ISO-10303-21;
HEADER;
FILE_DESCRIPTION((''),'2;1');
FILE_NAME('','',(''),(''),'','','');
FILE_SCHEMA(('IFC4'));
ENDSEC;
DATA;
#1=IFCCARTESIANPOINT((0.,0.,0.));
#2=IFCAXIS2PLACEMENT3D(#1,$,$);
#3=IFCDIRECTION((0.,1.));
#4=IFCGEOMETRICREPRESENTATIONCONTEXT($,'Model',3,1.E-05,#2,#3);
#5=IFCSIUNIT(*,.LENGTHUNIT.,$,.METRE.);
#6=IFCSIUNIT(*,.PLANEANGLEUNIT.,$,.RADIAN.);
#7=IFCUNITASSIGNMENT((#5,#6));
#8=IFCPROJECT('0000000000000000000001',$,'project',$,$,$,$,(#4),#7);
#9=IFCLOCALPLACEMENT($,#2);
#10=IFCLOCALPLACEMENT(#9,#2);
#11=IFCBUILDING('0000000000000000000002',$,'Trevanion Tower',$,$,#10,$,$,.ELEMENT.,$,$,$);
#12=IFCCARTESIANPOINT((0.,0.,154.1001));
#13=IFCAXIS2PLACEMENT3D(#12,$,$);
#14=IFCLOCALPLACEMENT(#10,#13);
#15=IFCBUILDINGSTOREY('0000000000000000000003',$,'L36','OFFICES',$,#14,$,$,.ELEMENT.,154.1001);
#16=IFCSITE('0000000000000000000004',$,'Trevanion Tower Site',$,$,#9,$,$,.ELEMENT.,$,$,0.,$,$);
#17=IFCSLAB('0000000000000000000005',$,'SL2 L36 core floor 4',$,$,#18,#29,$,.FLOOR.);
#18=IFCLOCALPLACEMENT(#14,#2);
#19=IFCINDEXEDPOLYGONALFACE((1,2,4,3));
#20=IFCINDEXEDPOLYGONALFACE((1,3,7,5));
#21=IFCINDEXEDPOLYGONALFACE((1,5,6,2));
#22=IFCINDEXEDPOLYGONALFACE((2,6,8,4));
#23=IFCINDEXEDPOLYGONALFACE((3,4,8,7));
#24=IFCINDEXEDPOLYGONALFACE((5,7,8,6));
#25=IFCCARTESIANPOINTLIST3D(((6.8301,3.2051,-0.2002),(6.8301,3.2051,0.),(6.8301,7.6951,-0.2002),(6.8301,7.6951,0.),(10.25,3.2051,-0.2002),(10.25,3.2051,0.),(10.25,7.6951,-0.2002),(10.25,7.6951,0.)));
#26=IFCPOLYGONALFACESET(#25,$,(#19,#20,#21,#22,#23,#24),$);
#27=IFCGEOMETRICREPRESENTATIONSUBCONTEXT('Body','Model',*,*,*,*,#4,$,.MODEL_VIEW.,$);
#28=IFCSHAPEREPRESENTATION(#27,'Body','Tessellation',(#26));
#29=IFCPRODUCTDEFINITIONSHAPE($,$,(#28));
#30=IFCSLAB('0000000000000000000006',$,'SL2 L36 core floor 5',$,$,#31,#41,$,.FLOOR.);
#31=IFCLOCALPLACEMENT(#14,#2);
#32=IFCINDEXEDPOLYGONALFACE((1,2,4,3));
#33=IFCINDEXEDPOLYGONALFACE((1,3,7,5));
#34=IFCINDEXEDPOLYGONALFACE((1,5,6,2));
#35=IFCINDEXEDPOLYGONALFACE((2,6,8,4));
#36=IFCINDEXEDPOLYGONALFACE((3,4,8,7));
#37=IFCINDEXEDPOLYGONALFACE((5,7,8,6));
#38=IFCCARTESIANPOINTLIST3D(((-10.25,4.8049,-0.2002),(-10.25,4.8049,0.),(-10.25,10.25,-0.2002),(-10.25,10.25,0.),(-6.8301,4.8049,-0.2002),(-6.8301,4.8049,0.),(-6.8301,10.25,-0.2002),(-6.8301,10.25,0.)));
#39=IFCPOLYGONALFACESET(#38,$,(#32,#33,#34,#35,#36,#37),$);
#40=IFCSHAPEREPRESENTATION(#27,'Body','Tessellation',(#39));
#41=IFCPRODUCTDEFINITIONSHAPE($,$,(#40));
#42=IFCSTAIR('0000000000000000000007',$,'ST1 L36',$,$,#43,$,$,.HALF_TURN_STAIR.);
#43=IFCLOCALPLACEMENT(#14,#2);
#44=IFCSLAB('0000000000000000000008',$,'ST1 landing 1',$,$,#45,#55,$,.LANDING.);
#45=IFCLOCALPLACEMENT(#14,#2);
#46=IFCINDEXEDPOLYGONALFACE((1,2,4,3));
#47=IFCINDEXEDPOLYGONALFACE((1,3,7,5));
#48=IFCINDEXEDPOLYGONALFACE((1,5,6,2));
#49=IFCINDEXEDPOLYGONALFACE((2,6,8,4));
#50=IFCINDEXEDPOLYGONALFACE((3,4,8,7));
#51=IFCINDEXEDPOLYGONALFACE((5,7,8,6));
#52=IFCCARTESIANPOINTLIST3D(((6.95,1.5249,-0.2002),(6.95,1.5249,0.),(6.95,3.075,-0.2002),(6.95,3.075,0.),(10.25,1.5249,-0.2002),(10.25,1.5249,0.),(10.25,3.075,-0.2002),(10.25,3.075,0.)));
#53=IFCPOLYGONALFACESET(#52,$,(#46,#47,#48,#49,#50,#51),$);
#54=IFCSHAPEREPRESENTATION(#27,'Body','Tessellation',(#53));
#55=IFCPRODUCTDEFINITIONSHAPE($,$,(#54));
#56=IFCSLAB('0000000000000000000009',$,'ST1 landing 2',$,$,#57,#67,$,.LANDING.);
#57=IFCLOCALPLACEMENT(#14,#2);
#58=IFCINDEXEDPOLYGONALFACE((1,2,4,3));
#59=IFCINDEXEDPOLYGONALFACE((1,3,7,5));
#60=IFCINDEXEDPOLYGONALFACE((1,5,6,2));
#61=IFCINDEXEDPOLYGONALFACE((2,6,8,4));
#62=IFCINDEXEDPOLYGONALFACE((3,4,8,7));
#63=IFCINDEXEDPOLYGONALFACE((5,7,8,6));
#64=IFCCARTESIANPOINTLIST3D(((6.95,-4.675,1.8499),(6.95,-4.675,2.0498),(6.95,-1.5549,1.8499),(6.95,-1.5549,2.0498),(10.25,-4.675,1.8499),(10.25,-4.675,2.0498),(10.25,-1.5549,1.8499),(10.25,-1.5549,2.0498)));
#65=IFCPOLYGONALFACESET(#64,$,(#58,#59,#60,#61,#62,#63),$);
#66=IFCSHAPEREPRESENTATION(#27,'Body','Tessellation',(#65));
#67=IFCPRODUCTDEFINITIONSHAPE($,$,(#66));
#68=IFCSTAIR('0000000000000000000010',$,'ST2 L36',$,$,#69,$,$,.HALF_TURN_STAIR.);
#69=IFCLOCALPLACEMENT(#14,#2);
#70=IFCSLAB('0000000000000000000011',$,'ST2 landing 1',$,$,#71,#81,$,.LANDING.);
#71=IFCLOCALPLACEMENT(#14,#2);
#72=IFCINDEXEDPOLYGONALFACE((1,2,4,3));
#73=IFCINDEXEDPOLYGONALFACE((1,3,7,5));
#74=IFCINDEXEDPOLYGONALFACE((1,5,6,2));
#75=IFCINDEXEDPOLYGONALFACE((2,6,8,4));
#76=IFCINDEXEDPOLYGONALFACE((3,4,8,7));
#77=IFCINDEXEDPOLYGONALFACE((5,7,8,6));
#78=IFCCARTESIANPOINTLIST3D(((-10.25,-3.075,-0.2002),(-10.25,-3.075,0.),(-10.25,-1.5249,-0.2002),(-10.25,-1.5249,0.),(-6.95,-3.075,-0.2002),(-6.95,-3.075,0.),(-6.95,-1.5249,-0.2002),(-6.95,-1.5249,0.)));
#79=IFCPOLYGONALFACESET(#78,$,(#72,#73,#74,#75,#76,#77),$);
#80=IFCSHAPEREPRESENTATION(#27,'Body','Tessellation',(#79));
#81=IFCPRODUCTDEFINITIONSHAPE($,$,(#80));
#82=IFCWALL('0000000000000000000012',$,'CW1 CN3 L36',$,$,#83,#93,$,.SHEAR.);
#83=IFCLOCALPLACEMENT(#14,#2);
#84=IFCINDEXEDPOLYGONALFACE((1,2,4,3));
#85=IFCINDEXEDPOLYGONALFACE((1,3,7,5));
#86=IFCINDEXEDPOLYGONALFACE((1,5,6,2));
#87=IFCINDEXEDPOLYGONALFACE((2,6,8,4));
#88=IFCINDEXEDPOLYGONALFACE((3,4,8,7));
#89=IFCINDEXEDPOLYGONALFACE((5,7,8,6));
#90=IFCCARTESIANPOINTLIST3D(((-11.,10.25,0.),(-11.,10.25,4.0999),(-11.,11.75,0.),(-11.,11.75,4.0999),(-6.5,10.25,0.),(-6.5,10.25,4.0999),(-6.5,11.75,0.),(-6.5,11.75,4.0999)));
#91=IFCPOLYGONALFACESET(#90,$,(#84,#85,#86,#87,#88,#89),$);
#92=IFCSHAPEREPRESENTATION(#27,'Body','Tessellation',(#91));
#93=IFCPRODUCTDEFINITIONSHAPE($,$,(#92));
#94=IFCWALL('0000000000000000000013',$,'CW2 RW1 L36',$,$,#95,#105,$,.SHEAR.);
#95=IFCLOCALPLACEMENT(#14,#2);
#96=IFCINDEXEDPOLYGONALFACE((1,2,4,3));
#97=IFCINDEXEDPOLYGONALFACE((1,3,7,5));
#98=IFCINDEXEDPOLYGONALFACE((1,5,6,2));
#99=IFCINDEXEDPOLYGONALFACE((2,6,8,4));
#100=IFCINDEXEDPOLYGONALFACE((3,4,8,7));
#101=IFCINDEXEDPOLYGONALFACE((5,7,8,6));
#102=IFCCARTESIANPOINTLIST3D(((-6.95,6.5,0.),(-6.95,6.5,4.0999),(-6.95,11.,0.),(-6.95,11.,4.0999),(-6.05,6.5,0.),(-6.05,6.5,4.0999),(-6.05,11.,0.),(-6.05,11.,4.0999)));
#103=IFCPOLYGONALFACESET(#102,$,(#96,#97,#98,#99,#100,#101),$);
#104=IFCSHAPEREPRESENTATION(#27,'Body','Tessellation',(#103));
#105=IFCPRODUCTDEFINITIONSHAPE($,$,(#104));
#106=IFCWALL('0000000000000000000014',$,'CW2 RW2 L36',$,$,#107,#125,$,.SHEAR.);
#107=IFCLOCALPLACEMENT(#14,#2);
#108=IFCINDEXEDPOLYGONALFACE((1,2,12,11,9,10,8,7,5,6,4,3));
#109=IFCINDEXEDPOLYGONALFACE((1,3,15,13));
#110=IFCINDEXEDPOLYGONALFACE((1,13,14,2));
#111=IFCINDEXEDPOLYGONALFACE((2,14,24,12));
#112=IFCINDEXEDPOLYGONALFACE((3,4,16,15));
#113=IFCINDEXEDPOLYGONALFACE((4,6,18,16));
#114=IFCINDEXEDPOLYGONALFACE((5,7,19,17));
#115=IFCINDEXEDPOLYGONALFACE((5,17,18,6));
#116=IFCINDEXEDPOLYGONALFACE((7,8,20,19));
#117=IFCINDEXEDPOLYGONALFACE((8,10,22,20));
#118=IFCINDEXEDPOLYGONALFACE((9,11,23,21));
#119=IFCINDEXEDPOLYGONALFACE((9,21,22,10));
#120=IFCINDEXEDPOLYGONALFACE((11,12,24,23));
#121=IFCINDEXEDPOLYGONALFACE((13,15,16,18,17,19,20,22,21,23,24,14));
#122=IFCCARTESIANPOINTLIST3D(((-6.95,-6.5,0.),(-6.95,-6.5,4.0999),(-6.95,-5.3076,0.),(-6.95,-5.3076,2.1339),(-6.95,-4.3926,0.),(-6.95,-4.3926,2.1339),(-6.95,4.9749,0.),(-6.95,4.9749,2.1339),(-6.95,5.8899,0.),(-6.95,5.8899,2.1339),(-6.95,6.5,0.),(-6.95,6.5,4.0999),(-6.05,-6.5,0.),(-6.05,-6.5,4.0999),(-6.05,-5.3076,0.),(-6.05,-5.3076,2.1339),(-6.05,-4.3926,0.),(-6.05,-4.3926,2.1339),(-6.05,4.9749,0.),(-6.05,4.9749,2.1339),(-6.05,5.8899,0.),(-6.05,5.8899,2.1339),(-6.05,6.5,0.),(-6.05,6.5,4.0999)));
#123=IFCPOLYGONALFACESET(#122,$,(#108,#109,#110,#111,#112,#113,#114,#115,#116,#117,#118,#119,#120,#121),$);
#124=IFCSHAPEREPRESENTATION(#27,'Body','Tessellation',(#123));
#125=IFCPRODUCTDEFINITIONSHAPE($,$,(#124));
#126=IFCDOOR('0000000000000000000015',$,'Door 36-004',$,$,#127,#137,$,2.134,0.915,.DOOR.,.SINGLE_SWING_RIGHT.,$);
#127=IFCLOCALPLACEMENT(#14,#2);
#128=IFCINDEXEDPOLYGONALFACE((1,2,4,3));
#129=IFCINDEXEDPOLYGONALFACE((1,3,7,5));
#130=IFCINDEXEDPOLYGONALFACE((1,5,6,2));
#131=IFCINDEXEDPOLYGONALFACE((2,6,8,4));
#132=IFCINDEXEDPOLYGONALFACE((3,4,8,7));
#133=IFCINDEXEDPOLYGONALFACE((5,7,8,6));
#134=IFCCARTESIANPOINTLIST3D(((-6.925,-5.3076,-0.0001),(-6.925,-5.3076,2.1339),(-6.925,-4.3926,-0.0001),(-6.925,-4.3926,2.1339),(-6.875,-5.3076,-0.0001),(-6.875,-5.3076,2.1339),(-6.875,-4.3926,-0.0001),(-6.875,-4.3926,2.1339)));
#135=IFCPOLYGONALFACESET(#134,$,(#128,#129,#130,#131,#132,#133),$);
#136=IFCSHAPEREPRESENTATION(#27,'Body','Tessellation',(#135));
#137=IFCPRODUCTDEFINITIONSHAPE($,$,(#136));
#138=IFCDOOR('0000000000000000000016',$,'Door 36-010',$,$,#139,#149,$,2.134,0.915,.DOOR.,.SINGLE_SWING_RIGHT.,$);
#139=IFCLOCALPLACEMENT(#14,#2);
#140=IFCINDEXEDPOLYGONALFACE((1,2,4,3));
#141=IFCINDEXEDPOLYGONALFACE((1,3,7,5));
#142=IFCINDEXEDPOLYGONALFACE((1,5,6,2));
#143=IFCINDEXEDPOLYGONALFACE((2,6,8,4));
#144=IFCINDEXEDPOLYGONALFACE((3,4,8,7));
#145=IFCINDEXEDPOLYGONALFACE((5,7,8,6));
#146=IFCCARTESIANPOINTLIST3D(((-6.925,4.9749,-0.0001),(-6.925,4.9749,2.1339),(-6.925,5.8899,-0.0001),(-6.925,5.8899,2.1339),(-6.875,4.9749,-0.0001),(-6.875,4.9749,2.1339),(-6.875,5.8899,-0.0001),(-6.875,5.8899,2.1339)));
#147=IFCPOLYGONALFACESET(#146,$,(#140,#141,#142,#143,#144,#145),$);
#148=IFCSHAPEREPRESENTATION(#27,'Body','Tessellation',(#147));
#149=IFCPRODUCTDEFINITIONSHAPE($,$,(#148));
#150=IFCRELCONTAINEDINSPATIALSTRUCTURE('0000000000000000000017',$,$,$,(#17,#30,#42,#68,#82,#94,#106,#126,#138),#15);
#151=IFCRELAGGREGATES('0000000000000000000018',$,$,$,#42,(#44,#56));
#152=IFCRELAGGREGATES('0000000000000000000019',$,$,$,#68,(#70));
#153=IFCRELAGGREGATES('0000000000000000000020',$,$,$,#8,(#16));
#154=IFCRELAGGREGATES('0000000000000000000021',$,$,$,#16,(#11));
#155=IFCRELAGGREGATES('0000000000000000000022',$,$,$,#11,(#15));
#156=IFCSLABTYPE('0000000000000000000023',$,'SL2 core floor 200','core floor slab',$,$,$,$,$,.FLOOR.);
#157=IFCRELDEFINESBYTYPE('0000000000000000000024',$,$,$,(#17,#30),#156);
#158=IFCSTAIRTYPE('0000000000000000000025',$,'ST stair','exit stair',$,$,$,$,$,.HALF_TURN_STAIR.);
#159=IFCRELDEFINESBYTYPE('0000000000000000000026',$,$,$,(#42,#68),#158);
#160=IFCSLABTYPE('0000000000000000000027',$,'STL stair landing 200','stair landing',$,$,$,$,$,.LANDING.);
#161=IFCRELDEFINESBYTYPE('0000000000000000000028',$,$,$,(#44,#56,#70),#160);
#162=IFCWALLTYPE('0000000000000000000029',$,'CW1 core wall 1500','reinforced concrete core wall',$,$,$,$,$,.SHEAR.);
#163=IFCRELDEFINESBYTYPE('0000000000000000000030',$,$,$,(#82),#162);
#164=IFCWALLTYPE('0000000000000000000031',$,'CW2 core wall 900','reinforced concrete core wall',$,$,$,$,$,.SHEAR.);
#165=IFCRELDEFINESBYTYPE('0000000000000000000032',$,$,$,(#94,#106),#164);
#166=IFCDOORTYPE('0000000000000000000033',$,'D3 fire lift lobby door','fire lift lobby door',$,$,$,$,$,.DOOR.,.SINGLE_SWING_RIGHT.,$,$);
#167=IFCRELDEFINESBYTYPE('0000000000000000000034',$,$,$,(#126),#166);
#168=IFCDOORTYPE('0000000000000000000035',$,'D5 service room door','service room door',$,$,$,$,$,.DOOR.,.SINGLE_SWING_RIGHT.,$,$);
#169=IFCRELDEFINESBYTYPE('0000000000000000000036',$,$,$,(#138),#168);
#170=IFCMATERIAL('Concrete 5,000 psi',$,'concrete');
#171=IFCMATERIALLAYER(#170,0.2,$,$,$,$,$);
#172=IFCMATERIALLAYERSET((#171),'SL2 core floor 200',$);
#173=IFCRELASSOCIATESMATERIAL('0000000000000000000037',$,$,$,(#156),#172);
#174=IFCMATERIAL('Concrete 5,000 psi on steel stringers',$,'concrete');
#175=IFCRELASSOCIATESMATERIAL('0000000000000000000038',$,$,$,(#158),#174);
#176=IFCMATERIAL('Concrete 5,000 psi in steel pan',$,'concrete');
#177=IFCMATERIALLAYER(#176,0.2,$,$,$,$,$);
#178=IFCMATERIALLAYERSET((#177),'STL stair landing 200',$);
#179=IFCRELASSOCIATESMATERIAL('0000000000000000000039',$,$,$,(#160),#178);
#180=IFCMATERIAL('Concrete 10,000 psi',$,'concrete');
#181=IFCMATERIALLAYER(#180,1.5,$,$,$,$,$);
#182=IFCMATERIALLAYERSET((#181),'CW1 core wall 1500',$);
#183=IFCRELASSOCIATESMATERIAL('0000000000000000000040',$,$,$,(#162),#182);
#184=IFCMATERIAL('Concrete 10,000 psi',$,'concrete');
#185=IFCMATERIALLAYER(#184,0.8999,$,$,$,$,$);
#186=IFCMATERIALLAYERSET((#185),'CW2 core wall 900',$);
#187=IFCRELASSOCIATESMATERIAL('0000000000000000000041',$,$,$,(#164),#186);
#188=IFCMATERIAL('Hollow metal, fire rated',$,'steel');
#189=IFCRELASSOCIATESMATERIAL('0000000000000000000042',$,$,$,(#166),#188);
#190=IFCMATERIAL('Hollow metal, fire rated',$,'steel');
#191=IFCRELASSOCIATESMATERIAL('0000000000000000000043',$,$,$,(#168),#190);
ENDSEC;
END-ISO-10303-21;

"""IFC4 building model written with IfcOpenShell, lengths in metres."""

from ifc_helpers import new_model, si_unit, direction, frame, frame_2d, origin, place, context, subcontext, project, spatial, polyline, rectangle, outline, extrude, material, layer, layer_set, type_object, element, fill, aggregate, save


model = new_model("IFC4")

# Units and contexts
model_context = context("Model", 3, precision=1e-05, world=origin(), true_north=direction((0.0, 1.0)))
body_context = subcontext(model_context, "Body", "Model", "MODEL_VIEW")
ifc_project = project(units=[si_unit("LENGTHUNIT", "METRE"), si_unit("PLANEANGLEUNIT", "RADIAN")], contexts=[model_context])

# Site, building, storey
site_placement = place(None, origin())
site = spatial("IfcSite", under=ifc_project, at=site_placement, Name="Trevanion Tower Site", CompositionType="ELEMENT", RefElevation=0.0)
building_placement = place(site_placement, origin())
building = spatial("IfcBuilding", under=site, at=building_placement, Name="Trevanion Tower", CompositionType="ELEMENT")
storey_placement = place(building_placement, frame((0.0, 0.0, 154.1001)))
storey = spatial("IfcBuildingStorey", under=building, at=storey_placement, Name="L36", Description="OFFICES", CompositionType="ELEMENT", Elevation=154.1001)

# Slabs
ifc_material_1 = material(Name="Concrete 5,000 psi", Category="concrete")
ifc_layer_1 = layer(ifc_material_1, 0.2)
ifc_layer_set_1 = layer_set([ifc_layer_1], Name="SL2 core floor 200")
slab_type_1 = type_object("IfcSlabType", Name="SL2 core floor 200", Description="core floor slab", PredefinedType="FLOOR", material=ifc_layer_set_1)
slab_1_placement = place(storey_placement, frame((0.0, 0.0, -0.2002)))
element("IfcSlab", 1, at=slab_1_placement, inside=storey, type_object=slab_type_1, Name="SL2 L36 core floor 4", PredefinedType="FLOOR", context=body_context, shape_type="SweptSolid", body=[
    extrude(outline(polyline([(6.8301, 3.2051), (6.8301, 7.6951), (10.25, 7.6951), (10.25, 3.2051), (6.8301, 3.2051)])), origin(), (0.0, 0.0, 1.0), 0.2002),
])
slab_2_placement = place(storey_placement, frame((0.0, 0.0, -0.2002)))
element("IfcSlab", 2, at=slab_2_placement, inside=storey, type_object=slab_type_1, Name="SL2 L36 core floor 5", PredefinedType="FLOOR", context=body_context, shape_type="SweptSolid", body=[
    extrude(outline(polyline([(-6.8301, 4.8049), (-10.25, 4.8049), (-10.25, 10.25), (-6.8301, 10.25), (-6.8301, 4.8049)])), origin(), (0.0, 0.0, 1.0), 0.2002),
])

# Stair, slabs
ifc_material_2 = material(Name="Concrete 5,000 psi on steel stringers", Category="concrete")
stair_type = type_object("IfcStairType", Name="ST stair", Description="exit stair", PredefinedType="HALF_TURN_STAIR", material=ifc_material_2)
stair_1_placement = place(storey_placement, origin())
stair_1 = element("IfcStair", 3, at=stair_1_placement, inside=storey, type_object=stair_type, Name="ST1 L36", PredefinedType="HALF_TURN_STAIR")
ifc_material_3 = material(Name="Concrete 5,000 psi in steel pan", Category="concrete")
ifc_layer_2 = layer(ifc_material_3, 0.2)
ifc_layer_set_2 = layer_set([ifc_layer_2], Name="STL stair landing 200")
slab_type_2 = type_object("IfcSlabType", Name="STL stair landing 200", Description="stair landing", PredefinedType="LANDING", material=ifc_layer_set_2)
slab_3_placement = place(storey_placement, frame((0.0, 0.0, -0.2002)))
slab_3 = element("IfcSlab", 4, at=slab_3_placement, type_object=slab_type_2, Name="ST1 landing 1", PredefinedType="LANDING", context=body_context, shape_type="SweptSolid", body=[
    extrude(outline(polyline([(6.95, 1.5249), (10.25, 1.5249), (10.25, 3.075), (6.95, 3.075), (6.95, 1.5249)])), origin(), (0.0, 0.0, 1.0), 0.2002),
])
slab_4_placement = place(storey_placement, frame((0.0, 0.0, 1.8499)))
slab_4 = element("IfcSlab", 5, at=slab_4_placement, type_object=slab_type_2, Name="ST1 landing 2", PredefinedType="LANDING", context=body_context, shape_type="SweptSolid", body=[
    extrude(outline(polyline([(6.95, -4.675), (10.25, -4.675), (10.25, -1.5549), (6.95, -1.5549), (6.95, -4.675)])), origin(), (0.0, 0.0, 1.0), 0.2),
])
aggregate(stair_1, [slab_3, slab_4])

# Stair, slab
stair_2_placement = place(storey_placement, origin())
stair_2 = element("IfcStair", 6, at=stair_2_placement, inside=storey, type_object=stair_type, Name="ST2 L36", PredefinedType="HALF_TURN_STAIR")
slab_5_placement = place(storey_placement, frame((0.0, 0.0, -0.2002)))
slab_5 = element("IfcSlab", 7, at=slab_5_placement, type_object=slab_type_2, Name="ST2 landing 1", PredefinedType="LANDING", context=body_context, shape_type="SweptSolid", body=[
    extrude(outline(polyline([(-6.95, -1.5249), (-10.25, -1.5249), (-10.25, -3.075), (-6.95, -3.075), (-6.95, -1.5249)])), origin(), (0.0, 0.0, 1.0), 0.2002),
])

# Walls
ifc_material_4 = material(Name="Concrete 10,000 psi", Category="concrete")
ifc_layer_3 = layer(ifc_material_4, 1.5)
ifc_layer_set_3 = layer_set([ifc_layer_3], Name="CW1 core wall 1500")
wall_type_1 = type_object("IfcWallType", Name="CW1 core wall 1500", Description="reinforced concrete core wall", PredefinedType="SHEAR", material=ifc_layer_set_3)
wall_1_placement = place(storey_placement, frame((-6.5, 11.0, 0.0), z_axis=(0.0, 0.0, 1.0), x_axis=(-1.0, 0.0, 0.0)))
element("IfcWall", 8, at=wall_1_placement, inside=storey, type_object=wall_type_1, Name="CW1 CN3 L36", PredefinedType="SHEAR", context=body_context, shape_type="SweptSolid", body=[
    extrude(rectangle(XDim=4.5, YDim=1.5, at=frame_2d((2.25, 0.0))), origin(), (0.0, 0.0, 1.0), 4.0999),
])
ifc_material_5 = material(Name="Concrete 10,000 psi", Category="concrete")
ifc_layer_4 = layer(ifc_material_5, 0.8999)
ifc_layer_set_4 = layer_set([ifc_layer_4], Name="CW2 core wall 900")
wall_type_2 = type_object("IfcWallType", Name="CW2 core wall 900", Description="reinforced concrete core wall", PredefinedType="SHEAR", material=ifc_layer_set_4)
wall_2_placement = place(storey_placement, frame((-6.5, 11.0, 0.0), z_axis=(0.0, 0.0, 1.0), x_axis=(0.0, -1.0, 0.0)))
element("IfcWall", 9, at=wall_2_placement, inside=storey, type_object=wall_type_2, Name="CW2 RW1 L36", PredefinedType="SHEAR", context=body_context, shape_type="SweptSolid", body=[
    extrude(rectangle(XDim=4.5, YDim=0.8999, at=frame_2d((2.25, 0.0))), origin(), (0.0, 0.0, 1.0), 4.0999),
])

# Wall, openings, doors
wall_3_placement = place(storey_placement, frame((-6.5, 6.5, 0.0), z_axis=(0.0, 0.0, 1.0), x_axis=(0.0, -1.0, 0.0)))
wall_3 = element("IfcWall", 10, at=wall_3_placement, inside=storey, type_object=wall_type_2, Name="CW2 RW2 L36", PredefinedType="SHEAR", context=body_context, shape_type="SweptSolid", body=[
    extrude(rectangle(XDim=13.0, YDim=0.8999, at=frame_2d((6.5, 0.0))), origin(), (0.0, 0.0, 1.0), 4.0999),
])
opening_1_placement = place(wall_3_placement, frame((10.8926, 0.0, 0.0)))
opening_1 = element("IfcOpeningElement", 11, at=opening_1_placement, cuts=wall_3, PredefinedType="OPENING", context=body_context, shape_type="SweptSolid", body=[
    extrude(rectangle(XDim=0.915, YDim=2.134, at=frame_2d((0.4575, 1.0669))), frame((0.0, 0.46, 0.0), z_axis=(0.0, -1.0, 0.0), x_axis=(1.0, 0.0, 0.0)), (0.0, 0.0, 1.0), 0.9199),
])
opening_2_placement = place(wall_3_placement, frame((0.6101, 0.0, 0.0)))
opening_2 = element("IfcOpeningElement", 12, at=opening_2_placement, cuts=wall_3, PredefinedType="OPENING", context=body_context, shape_type="SweptSolid", body=[
    extrude(rectangle(XDim=0.915, YDim=2.134, at=frame_2d((0.4575, 1.0669))), frame((0.0, 0.46, 0.0), z_axis=(0.0, -1.0, 0.0), x_axis=(1.0, 0.0, 0.0)), (0.0, 0.0, 1.0), 0.9199),
])
ifc_material_6 = material(Name="Hollow metal, fire rated", Category="steel")
door_type_1 = type_object("IfcDoorType", Name="D3 fire lift lobby door", Description="fire lift lobby door", OperationType="SINGLE_SWING_RIGHT", PredefinedType="DOOR", material=ifc_material_6)
door_1_placement = place(opening_1_placement, origin())
door_1 = element("IfcDoor", 13, at=door_1_placement, inside=storey, type_object=door_type_1, Name="Door 36-004", OperationType="SINGLE_SWING_RIGHT", OverallHeight=2.134, OverallWidth=0.915, PredefinedType="DOOR", context=body_context, shape_type="SweptSolid", body=[
    extrude(rectangle(XDim=0.915, YDim=2.134, at=frame_2d((0.4575, 1.0669))), frame((0.0, -0.375, 0.0), z_axis=(0.0, -1.0, 0.0), x_axis=(1.0, 0.0, 0.0)), (0.0, 0.0, 1.0), 0.05),
])
fill(opening_1, door_1)
ifc_material_7 = material(Name="Hollow metal, fire rated", Category="steel")
door_type_2 = type_object("IfcDoorType", Name="D5 service room door", Description="service room door", OperationType="SINGLE_SWING_RIGHT", PredefinedType="DOOR", material=ifc_material_7)
door_2_placement = place(opening_2_placement, origin())
door_2 = element("IfcDoor", 14, at=door_2_placement, inside=storey, type_object=door_type_2, Name="Door 36-010", OperationType="SINGLE_SWING_RIGHT", OverallHeight=2.134, OverallWidth=0.915, PredefinedType="DOOR", context=body_context, shape_type="SweptSolid", body=[
    extrude(rectangle(XDim=0.915, YDim=2.134, at=frame_2d((0.4575, 1.0669))), frame((0.0, -0.375, 0.0), z_axis=(0.0, -1.0, 0.0), x_axis=(1.0, 0.0, 0.0)), (0.0, 0.0, 1.0), 0.05),
])
fill(opening_2, door_2)

aggregate(stair_2, [slab_5])

save(model, "model.ifc")
